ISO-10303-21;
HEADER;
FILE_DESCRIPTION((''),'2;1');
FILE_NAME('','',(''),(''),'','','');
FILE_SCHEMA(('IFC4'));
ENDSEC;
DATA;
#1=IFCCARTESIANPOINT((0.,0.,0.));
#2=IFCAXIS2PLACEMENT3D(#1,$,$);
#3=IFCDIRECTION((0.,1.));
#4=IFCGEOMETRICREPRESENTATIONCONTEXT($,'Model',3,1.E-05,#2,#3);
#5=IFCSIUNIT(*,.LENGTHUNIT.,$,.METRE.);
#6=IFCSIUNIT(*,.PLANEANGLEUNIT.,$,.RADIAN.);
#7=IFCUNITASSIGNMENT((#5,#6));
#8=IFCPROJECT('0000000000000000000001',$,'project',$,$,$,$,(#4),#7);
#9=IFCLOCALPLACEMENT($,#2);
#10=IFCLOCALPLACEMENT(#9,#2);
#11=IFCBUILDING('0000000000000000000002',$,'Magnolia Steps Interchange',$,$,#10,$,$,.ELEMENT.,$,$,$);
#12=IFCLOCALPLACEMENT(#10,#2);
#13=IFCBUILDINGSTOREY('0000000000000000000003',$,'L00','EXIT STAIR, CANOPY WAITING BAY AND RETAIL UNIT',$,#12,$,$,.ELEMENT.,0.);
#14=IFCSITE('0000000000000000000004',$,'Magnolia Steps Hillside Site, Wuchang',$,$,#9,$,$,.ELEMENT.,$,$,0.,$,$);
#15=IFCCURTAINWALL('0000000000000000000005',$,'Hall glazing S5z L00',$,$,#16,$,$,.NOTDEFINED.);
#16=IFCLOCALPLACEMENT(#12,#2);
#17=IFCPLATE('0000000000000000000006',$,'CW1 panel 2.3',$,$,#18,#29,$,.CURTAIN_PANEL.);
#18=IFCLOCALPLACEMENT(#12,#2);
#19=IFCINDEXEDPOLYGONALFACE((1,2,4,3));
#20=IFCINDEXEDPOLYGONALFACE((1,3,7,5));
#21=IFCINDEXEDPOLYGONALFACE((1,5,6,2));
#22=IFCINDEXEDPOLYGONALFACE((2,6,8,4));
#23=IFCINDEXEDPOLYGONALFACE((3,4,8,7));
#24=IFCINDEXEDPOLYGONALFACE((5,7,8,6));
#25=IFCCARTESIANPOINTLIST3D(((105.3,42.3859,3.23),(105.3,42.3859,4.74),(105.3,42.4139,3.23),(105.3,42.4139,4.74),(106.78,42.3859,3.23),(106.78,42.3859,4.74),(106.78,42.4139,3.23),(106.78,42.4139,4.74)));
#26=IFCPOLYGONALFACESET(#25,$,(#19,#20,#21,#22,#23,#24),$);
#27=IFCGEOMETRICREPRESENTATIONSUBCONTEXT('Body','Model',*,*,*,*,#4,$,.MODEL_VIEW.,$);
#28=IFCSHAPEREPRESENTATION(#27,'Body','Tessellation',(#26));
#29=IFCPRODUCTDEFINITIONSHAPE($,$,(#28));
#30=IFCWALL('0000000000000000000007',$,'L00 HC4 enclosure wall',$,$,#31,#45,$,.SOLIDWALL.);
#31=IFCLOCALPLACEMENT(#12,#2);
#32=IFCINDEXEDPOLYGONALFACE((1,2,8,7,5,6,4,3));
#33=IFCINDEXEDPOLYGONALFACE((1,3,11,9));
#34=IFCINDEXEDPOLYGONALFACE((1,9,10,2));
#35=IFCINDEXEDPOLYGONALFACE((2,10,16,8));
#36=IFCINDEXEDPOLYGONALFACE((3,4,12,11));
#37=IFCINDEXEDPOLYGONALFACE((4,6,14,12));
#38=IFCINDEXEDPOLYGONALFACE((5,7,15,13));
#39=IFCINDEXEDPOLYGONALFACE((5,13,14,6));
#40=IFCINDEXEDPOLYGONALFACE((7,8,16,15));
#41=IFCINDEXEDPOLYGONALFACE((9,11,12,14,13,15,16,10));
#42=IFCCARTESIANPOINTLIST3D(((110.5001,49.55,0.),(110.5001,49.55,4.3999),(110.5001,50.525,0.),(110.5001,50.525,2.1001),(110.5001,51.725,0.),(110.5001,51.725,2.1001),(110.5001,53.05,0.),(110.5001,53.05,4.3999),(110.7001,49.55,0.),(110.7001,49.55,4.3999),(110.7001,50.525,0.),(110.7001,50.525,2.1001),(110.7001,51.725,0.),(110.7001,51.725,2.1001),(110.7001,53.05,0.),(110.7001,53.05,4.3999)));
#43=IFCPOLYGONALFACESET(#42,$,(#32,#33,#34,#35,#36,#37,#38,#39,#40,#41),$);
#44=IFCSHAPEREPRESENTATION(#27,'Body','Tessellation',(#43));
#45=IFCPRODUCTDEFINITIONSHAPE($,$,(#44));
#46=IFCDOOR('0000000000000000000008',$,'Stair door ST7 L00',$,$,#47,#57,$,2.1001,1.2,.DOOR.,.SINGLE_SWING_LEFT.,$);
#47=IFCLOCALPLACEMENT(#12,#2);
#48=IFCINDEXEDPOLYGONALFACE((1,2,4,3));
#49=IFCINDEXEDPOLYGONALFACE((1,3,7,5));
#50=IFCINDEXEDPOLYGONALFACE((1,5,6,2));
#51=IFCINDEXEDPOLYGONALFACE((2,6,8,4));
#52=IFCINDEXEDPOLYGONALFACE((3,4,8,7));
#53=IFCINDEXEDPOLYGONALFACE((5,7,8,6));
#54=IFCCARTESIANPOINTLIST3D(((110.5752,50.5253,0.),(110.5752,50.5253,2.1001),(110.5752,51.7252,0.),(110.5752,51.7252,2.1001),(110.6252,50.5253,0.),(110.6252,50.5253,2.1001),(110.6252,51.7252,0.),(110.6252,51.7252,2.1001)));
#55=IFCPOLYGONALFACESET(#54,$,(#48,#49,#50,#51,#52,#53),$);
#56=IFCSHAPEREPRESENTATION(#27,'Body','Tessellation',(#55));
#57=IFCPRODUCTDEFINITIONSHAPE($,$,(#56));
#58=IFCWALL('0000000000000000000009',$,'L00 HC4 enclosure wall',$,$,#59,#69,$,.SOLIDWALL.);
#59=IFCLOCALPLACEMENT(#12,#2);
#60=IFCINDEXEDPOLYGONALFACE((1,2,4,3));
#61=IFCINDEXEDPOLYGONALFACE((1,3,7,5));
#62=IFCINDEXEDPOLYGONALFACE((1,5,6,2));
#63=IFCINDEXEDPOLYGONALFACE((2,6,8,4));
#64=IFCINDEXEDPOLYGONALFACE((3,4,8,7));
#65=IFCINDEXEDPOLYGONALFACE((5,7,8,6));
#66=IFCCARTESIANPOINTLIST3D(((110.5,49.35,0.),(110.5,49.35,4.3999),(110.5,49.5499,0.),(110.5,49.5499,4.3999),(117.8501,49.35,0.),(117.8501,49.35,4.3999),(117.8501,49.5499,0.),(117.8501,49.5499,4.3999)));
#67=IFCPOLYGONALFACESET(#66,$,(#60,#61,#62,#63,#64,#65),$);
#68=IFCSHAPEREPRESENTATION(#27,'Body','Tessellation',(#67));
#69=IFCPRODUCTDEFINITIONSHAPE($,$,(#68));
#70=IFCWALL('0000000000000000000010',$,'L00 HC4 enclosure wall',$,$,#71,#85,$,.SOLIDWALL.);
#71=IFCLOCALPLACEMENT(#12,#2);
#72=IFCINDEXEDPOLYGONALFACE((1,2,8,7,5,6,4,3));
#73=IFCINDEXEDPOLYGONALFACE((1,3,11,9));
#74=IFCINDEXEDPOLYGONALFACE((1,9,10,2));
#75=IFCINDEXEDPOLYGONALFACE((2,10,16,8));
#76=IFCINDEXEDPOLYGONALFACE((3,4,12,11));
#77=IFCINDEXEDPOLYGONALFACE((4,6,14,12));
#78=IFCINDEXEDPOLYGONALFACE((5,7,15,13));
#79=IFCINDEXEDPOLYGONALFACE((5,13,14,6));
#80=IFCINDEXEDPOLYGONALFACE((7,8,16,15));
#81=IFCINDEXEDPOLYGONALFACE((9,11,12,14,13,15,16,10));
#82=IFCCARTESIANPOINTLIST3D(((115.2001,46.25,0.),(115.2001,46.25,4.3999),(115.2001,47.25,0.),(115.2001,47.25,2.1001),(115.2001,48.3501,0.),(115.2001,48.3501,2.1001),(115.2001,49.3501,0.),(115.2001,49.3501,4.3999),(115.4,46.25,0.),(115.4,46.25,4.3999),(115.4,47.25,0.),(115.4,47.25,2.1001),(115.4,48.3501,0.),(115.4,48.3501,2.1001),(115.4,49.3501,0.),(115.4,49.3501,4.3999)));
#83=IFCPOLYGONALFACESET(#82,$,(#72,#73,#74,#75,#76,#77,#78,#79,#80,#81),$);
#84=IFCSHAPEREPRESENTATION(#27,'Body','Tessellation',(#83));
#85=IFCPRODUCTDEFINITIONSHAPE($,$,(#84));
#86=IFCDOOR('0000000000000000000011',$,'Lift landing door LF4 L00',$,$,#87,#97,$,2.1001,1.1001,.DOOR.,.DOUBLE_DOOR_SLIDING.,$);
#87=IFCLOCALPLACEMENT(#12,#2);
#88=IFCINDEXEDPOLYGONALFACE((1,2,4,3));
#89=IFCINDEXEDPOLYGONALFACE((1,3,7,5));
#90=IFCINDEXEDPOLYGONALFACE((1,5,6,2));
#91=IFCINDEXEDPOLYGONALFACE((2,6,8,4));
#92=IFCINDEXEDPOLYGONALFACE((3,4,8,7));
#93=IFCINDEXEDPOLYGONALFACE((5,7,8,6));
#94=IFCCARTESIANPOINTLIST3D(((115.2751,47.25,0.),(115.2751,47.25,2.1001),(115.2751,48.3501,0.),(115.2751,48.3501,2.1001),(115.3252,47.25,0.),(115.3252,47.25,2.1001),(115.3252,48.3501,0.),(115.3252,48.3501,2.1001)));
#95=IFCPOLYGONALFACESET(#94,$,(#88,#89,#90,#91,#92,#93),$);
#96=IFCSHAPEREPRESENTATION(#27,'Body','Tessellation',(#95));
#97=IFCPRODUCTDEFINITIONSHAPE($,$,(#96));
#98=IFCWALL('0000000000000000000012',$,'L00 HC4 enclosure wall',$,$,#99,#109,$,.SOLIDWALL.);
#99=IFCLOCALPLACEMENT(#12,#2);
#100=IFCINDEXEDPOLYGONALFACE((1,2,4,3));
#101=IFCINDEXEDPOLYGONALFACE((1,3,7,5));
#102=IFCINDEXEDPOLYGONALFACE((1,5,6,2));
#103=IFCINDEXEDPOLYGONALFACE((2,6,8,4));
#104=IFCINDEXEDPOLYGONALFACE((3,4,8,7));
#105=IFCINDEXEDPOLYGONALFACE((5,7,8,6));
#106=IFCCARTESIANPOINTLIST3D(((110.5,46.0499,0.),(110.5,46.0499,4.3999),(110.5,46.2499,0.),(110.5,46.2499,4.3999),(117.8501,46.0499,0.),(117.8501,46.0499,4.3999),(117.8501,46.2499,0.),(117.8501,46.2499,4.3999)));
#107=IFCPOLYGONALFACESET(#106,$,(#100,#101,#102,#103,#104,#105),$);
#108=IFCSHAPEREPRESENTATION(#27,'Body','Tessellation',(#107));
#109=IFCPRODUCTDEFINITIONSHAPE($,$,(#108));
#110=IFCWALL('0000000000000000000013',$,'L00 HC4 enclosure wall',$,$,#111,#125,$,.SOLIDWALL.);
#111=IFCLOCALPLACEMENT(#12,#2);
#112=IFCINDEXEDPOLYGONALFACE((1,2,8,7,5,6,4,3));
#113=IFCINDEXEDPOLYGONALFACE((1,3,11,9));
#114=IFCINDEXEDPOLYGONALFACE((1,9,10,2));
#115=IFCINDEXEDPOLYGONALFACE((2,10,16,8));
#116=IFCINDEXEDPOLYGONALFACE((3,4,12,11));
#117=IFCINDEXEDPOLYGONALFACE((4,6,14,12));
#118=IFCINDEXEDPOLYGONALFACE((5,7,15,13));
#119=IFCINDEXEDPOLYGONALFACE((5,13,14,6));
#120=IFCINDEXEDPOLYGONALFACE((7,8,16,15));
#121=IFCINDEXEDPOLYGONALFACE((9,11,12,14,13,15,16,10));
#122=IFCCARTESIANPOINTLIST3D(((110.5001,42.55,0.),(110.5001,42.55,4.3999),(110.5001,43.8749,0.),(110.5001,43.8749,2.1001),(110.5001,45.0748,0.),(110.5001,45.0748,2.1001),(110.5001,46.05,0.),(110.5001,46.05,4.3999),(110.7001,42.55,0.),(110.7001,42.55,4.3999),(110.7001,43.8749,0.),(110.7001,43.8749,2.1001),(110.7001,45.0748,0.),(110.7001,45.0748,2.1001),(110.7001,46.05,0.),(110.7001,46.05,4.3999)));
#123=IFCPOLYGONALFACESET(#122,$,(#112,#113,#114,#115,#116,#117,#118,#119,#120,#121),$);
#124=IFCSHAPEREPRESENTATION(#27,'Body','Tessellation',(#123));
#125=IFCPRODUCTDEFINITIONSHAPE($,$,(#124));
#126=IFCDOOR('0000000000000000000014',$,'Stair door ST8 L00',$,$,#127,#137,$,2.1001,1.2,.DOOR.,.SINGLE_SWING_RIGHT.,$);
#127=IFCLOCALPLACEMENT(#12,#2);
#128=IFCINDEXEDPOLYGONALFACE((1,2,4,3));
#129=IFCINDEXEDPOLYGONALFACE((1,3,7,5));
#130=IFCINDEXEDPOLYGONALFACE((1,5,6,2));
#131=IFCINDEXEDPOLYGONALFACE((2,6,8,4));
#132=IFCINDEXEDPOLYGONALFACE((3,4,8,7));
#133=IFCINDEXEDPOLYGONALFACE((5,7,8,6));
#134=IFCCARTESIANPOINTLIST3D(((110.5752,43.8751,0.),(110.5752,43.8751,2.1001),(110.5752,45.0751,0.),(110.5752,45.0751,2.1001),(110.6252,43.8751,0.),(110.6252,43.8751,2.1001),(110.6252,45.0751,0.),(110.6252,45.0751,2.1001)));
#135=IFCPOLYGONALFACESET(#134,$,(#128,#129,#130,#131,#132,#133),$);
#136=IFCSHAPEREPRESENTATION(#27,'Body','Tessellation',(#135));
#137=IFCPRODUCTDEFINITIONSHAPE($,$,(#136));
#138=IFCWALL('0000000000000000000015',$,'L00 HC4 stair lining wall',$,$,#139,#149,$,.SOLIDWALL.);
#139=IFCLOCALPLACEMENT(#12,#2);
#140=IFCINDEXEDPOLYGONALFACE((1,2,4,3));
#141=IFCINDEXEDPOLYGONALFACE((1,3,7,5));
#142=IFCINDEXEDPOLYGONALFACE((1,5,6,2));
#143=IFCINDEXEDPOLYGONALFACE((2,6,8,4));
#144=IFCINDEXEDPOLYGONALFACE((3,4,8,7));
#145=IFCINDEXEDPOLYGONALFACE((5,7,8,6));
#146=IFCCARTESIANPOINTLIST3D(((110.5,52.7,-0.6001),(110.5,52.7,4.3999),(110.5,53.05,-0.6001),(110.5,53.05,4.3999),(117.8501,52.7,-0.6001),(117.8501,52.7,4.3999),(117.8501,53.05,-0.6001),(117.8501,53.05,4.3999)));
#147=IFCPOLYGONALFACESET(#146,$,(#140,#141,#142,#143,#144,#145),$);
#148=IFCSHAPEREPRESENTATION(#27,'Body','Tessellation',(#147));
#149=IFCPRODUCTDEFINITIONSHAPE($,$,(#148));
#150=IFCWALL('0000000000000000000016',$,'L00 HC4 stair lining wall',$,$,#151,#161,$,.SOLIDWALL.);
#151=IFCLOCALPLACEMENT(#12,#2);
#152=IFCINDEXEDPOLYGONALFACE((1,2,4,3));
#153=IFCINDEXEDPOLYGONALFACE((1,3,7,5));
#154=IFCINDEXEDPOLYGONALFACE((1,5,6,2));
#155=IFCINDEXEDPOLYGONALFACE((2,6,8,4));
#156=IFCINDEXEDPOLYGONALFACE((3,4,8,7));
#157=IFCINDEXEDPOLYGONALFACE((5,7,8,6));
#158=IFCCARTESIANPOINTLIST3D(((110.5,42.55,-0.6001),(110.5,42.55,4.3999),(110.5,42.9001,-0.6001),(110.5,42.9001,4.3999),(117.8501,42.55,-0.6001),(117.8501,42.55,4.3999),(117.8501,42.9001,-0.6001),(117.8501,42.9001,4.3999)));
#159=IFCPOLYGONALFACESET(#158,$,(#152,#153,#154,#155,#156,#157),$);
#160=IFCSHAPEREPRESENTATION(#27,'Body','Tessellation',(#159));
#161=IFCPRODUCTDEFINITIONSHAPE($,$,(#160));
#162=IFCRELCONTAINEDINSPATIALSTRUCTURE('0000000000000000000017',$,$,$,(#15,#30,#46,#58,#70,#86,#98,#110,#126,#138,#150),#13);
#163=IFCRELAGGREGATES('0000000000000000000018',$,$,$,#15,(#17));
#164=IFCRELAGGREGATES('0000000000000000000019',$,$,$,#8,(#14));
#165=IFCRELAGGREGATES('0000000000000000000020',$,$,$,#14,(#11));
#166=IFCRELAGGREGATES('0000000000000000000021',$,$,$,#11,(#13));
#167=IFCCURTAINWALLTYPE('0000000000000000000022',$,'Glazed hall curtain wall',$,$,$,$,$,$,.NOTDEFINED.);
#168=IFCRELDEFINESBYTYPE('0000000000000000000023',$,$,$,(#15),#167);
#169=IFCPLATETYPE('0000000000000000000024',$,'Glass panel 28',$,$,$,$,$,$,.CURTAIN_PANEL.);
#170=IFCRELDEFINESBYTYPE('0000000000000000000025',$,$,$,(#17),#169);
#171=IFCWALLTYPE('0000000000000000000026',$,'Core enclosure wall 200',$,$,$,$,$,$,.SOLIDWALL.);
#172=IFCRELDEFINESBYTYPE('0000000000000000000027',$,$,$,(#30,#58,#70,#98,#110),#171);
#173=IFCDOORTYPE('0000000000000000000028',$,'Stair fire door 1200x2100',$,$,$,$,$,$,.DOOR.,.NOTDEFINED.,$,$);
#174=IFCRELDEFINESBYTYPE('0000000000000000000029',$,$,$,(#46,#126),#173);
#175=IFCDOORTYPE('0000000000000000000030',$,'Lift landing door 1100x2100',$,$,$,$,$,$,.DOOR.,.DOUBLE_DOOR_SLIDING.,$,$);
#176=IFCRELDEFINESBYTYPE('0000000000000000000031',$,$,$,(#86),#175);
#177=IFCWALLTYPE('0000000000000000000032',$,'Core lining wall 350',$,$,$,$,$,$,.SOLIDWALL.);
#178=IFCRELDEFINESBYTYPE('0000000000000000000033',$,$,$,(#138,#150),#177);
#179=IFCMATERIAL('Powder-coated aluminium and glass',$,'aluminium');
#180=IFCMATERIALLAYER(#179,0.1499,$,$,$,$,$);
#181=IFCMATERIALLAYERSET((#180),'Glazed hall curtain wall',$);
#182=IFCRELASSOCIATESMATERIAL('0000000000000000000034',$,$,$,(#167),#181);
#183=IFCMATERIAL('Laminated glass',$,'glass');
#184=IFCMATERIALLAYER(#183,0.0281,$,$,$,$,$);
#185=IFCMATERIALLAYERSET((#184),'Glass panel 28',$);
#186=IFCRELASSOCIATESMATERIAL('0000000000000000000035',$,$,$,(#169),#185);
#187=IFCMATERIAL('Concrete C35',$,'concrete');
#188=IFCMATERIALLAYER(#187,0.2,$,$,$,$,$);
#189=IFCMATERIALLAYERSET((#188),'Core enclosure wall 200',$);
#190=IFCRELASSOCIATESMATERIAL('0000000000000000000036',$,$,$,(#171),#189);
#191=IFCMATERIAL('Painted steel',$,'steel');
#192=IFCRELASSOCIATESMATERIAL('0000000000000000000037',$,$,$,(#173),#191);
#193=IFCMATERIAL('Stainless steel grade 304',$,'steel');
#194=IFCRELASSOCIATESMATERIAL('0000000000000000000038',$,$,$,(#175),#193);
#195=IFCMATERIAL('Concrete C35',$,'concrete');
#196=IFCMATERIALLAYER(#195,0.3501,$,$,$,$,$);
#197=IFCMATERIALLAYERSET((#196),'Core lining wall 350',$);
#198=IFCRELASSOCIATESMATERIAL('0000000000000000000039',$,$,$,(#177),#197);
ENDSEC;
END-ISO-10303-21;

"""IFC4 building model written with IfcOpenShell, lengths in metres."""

from ifc_helpers import new_model, si_unit, direction, frame, frame_2d, origin, origin_2d, place, context, subcontext, project, spatial, rectangle, extrude, material, layer, layer_set, type_object, element, fill, aggregate, save


model = new_model("IFC4")

# Units and contexts
model_context = context("Model", 3, precision=1e-05, world=origin(), true_north=direction((0.0, 1.0)))
body_context = subcontext(model_context, "Body", "Model", "MODEL_VIEW")
ifc_project = project(units=[si_unit("LENGTHUNIT", "METRE"), si_unit("PLANEANGLEUNIT", "RADIAN")], contexts=[model_context])

# Site, building, storey
site_placement = place(None, origin())
site = spatial("IfcSite", under=ifc_project, at=site_placement, Name="Magnolia Steps Hillside Site, Wuchang", CompositionType="ELEMENT", RefElevation=0.0)
building_placement = place(site_placement, origin())
building = spatial("IfcBuilding", under=site, at=building_placement, Name="Magnolia Steps Interchange", CompositionType="ELEMENT")
storey_placement = place(building_placement, origin())
storey = spatial("IfcBuildingStorey", under=building, at=storey_placement, Name="L00", Description="EXIT STAIR, CANOPY WAITING BAY AND RETAIL UNIT", CompositionType="ELEMENT", Elevation=0.0)

# Curtain wall, plate
ifc_material_1 = material(Name="Powder-coated aluminium and glass", Category="aluminium")
ifc_layer_1 = layer(ifc_material_1, 0.1499)
ifc_layer_set_1 = layer_set([ifc_layer_1], Name="Glazed hall curtain wall")
curtain_wall_type = type_object("IfcCurtainWallType", Name="Glazed hall curtain wall", PredefinedType="NOTDEFINED", material=ifc_layer_set_1)
curtain_wall_placement = place(storey_placement, origin())
curtain_wall = element("IfcCurtainWall", 1, at=curtain_wall_placement, inside=storey, type_object=curtain_wall_type, Name="Hall glazing S5z L00", PredefinedType="NOTDEFINED")
ifc_material_2 = material(Name="Laminated glass", Category="glass")
ifc_layer_2 = layer(ifc_material_2, 0.0281)
ifc_layer_set_2 = layer_set([ifc_layer_2], Name="Glass panel 28")
plate_type = type_object("IfcPlateType", Name="Glass panel 28", PredefinedType="CURTAIN_PANEL", material=ifc_layer_set_2)
plate_1_placement = place(storey_placement, frame((106.04, 42.3999, 3.23), z_axis=(0.0, 0.0, 1.0), x_axis=(1.0, 0.0, 0.0)))
plate_1 = element("IfcPlate", 2, at=plate_1_placement, type_object=plate_type, Name="CW1 panel 2.3", PredefinedType="CURTAIN_PANEL", context=body_context, shape_type="SweptSolid", body=[
    extrude(rectangle(XDim=1.48, YDim=0.0281, at=origin_2d()), origin(), (0.0, 0.0, 1.0), 1.51),
])
aggregate(curtain_wall, [plate_1])

# Wall, opening, door
ifc_material_3 = material(Name="Concrete C35", Category="concrete")
ifc_layer_3 = layer(ifc_material_3, 0.2)
ifc_layer_set_3 = layer_set([ifc_layer_3], Name="Core enclosure wall 200")
wall_type_1 = type_object("IfcWallType", Name="Core enclosure wall 200", PredefinedType="SOLIDWALL", material=ifc_layer_set_3)
wall_1_placement = place(storey_placement, frame((110.6001, 53.05, 0.0), z_axis=(0.0, 0.0, 1.0), x_axis=(0.0, -1.0, 0.0)))
wall_1 = element("IfcWall", 3, at=wall_1_placement, inside=storey, type_object=wall_type_1, Name="L00 HC4 enclosure wall", PredefinedType="SOLIDWALL", context=body_context, shape_type="SweptSolid", body=[
    extrude(rectangle(XDim=3.5, YDim=0.2, at=frame_2d((1.75, 0.0))), origin(), (0.0, 0.0, 1.0), 4.3999),
])
opening_1_placement = place(wall_1_placement, frame((1.325, 0.0, 0.0)))
opening_1 = element("IfcOpeningElement", 4, at=opening_1_placement, cuts=wall_1, PredefinedType="OPENING", context=body_context, shape_type="SweptSolid", body=[
    extrude(rectangle(XDim=1.2, YDim=2.1001, at=frame_2d((0.6001, 1.05))), frame((0.0, 0.1099, 0.0), z_axis=(0.0, -1.0, 0.0), x_axis=(1.0, 0.0, 0.0)), (0.0, 0.0, 1.0), 0.22),
])
ifc_material_4 = material(Name="Painted steel", Category="steel")
door_type_1 = type_object("IfcDoorType", Name="Stair fire door 1200x2100", OperationType="NOTDEFINED", PredefinedType="DOOR", material=ifc_material_4)
door_1_placement = place(opening_1_placement, frame((1.2, 0.0, 0.0), z_axis=(0.0, 0.0, 1.0), x_axis=(-1.0, 0.0, 0.0)))
door_1 = element("IfcDoor", 5, at=door_1_placement, inside=storey, type_object=door_type_1, Name="Stair door ST7 L00", OperationType="SINGLE_SWING_LEFT", OverallHeight=2.1001, OverallWidth=1.2, PredefinedType="DOOR", context=body_context, shape_type="SweptSolid", body=[
    extrude(rectangle(XDim=1.2, YDim=2.1001, at=frame_2d((0.6001, 1.05))), frame((0.0, 0.0249, 0.0), z_axis=(0.0, -1.0, 0.0), x_axis=(1.0, 0.0, 0.0)), (0.0, 0.0, 1.0), 0.05),
])
fill(opening_1, door_1)

# Wall
wall_2_placement = place(storey_placement, frame((110.5, 49.45, 0.0), z_axis=(0.0, 0.0, 1.0), x_axis=(1.0, 0.0, 0.0)))
element("IfcWall", 6, at=wall_2_placement, inside=storey, type_object=wall_type_1, Name="L00 HC4 enclosure wall", PredefinedType="SOLIDWALL", context=body_context, shape_type="SweptSolid", body=[
    extrude(rectangle(XDim=7.3501, YDim=0.2, at=frame_2d((3.675, 0.0))), origin(), (0.0, 0.0, 1.0), 4.3999),
])

# Wall, opening, door
wall_3_placement = place(storey_placement, frame((115.3, 49.3501, 0.0), z_axis=(0.0, 0.0, 1.0), x_axis=(0.0, -1.0, 0.0)))
wall_3 = element("IfcWall", 7, at=wall_3_placement, inside=storey, type_object=wall_type_1, Name="L00 HC4 enclosure wall", PredefinedType="SOLIDWALL", context=body_context, shape_type="SweptSolid", body=[
    extrude(rectangle(XDim=3.1001, YDim=0.2, at=frame_2d((1.55, 0.0))), origin(), (0.0, 0.0, 1.0), 4.3999),
])
opening_2_placement = place(wall_3_placement, frame((1.0, 0.0, 0.0)))
opening_2 = element("IfcOpeningElement", 8, at=opening_2_placement, cuts=wall_3, PredefinedType="OPENING", context=body_context, shape_type="SweptSolid", body=[
    extrude(rectangle(XDim=1.1001, YDim=2.1001, at=frame_2d((0.55, 1.05))), frame((0.0, 0.1099, 0.0), z_axis=(0.0, -1.0, 0.0), x_axis=(1.0, 0.0, 0.0)), (0.0, 0.0, 1.0), 0.22),
])
ifc_material_5 = material(Name="Stainless steel grade 304", Category="steel")
door_type_2 = type_object("IfcDoorType", Name="Lift landing door 1100x2100", OperationType="DOUBLE_DOOR_SLIDING", PredefinedType="DOOR", material=ifc_material_5)
door_2_placement = place(opening_2_placement, frame((1.1001, 0.0, 0.0), z_axis=(0.0, 0.0, 1.0), x_axis=(-1.0, 0.0, 0.0)))
door_2 = element("IfcDoor", 9, at=door_2_placement, inside=storey, type_object=door_type_2, Name="Lift landing door LF4 L00", OperationType="DOUBLE_DOOR_SLIDING", OverallHeight=2.1001, OverallWidth=1.1001, PredefinedType="DOOR", context=body_context, shape_type="SweptSolid", body=[
    extrude(rectangle(XDim=1.1001, YDim=2.1001, at=frame_2d((0.55, 1.05))), frame((0.0, 0.0249, 0.0), z_axis=(0.0, -1.0, 0.0), x_axis=(1.0, 0.0, 0.0)), (0.0, 0.0, 1.0), 0.05),
])
fill(opening_2, door_2)

# Wall
wall_4_placement = place(storey_placement, frame((110.5, 46.1499, 0.0), z_axis=(0.0, 0.0, 1.0), x_axis=(1.0, 0.0, 0.0)))
element("IfcWall", 10, at=wall_4_placement, inside=storey, type_object=wall_type_1, Name="L00 HC4 enclosure wall", PredefinedType="SOLIDWALL", context=body_context, shape_type="SweptSolid", body=[
    extrude(rectangle(XDim=7.3501, YDim=0.2, at=frame_2d((3.675, 0.0))), origin(), (0.0, 0.0, 1.0), 4.3999),
])

# Wall, opening, door
wall_5_placement = place(storey_placement, frame((110.6001, 46.05, 0.0), z_axis=(0.0, 0.0, 1.0), x_axis=(0.0, -1.0, 0.0)))
wall_5 = element("IfcWall", 11, at=wall_5_placement, inside=storey, type_object=wall_type_1, Name="L00 HC4 enclosure wall", PredefinedType="SOLIDWALL", context=body_context, shape_type="SweptSolid", body=[
    extrude(rectangle(XDim=3.5, YDim=0.2, at=frame_2d((1.75, 0.0))), origin(), (0.0, 0.0, 1.0), 4.3999),
])
opening_3_placement = place(wall_5_placement, frame((0.9751, 0.0, 0.0)))
opening_3 = element("IfcOpeningElement", 12, at=opening_3_placement, cuts=wall_5, PredefinedType="OPENING", context=body_context, shape_type="SweptSolid", body=[
    extrude(rectangle(XDim=1.2, YDim=2.1001, at=frame_2d((0.6001, 1.05))), frame((0.0, 0.1099, 0.0), z_axis=(0.0, -1.0, 0.0), x_axis=(1.0, 0.0, 0.0)), (0.0, 0.0, 1.0), 0.22),
])
door_3_placement = place(opening_3_placement, frame((1.2, 0.0, 0.0), z_axis=(0.0, 0.0, 1.0), x_axis=(-1.0, 0.0, 0.0)))
door_3 = element("IfcDoor", 13, at=door_3_placement, inside=storey, type_object=door_type_1, Name="Stair door ST8 L00", OperationType="SINGLE_SWING_RIGHT", OverallHeight=2.1001, OverallWidth=1.2, PredefinedType="DOOR", context=body_context, shape_type="SweptSolid", body=[
    extrude(rectangle(XDim=1.2, YDim=2.1001, at=frame_2d((0.6001, 1.05))), frame((0.0, 0.0249, 0.0), z_axis=(0.0, -1.0, 0.0), x_axis=(1.0, 0.0, 0.0)), (0.0, 0.0, 1.0), 0.05),
])
fill(opening_3, door_3)

# Walls
ifc_material_6 = material(Name="Concrete C35", Category="concrete")
ifc_layer_4 = layer(ifc_material_6, 0.3501)
ifc_layer_set_4 = layer_set([ifc_layer_4], Name="Core lining wall 350")
wall_type_2 = type_object("IfcWallType", Name="Core lining wall 350", PredefinedType="SOLIDWALL", material=ifc_layer_set_4)
for number, where, z_axis, x_axis, name in (
    (14, (110.5, 52.875, -0.6001), (0.0, 0.0, 1.0), (1.0, 0.0, 0.0), "L00 HC4 stair lining wall"),
    (15, (110.5, 42.7251, -0.6001), (0.0, 0.0, 1.0), (1.0, 0.0, 0.0), "L00 HC4 stair lining wall"),
):
    element("IfcWall", number, at=place(storey_placement, frame(where, z_axis=z_axis, x_axis=x_axis)), inside=storey, type_object=wall_type_2, Name=name, PredefinedType="SOLIDWALL", context=body_context, shape_type="SweptSolid", body=[
        extrude(rectangle(XDim=7.3501, YDim=0.3501, at=frame_2d((3.675, 0.0))), origin(), (0.0, 0.0, 1.0), 5.0),
    ])

save(model, "model.ifc")
